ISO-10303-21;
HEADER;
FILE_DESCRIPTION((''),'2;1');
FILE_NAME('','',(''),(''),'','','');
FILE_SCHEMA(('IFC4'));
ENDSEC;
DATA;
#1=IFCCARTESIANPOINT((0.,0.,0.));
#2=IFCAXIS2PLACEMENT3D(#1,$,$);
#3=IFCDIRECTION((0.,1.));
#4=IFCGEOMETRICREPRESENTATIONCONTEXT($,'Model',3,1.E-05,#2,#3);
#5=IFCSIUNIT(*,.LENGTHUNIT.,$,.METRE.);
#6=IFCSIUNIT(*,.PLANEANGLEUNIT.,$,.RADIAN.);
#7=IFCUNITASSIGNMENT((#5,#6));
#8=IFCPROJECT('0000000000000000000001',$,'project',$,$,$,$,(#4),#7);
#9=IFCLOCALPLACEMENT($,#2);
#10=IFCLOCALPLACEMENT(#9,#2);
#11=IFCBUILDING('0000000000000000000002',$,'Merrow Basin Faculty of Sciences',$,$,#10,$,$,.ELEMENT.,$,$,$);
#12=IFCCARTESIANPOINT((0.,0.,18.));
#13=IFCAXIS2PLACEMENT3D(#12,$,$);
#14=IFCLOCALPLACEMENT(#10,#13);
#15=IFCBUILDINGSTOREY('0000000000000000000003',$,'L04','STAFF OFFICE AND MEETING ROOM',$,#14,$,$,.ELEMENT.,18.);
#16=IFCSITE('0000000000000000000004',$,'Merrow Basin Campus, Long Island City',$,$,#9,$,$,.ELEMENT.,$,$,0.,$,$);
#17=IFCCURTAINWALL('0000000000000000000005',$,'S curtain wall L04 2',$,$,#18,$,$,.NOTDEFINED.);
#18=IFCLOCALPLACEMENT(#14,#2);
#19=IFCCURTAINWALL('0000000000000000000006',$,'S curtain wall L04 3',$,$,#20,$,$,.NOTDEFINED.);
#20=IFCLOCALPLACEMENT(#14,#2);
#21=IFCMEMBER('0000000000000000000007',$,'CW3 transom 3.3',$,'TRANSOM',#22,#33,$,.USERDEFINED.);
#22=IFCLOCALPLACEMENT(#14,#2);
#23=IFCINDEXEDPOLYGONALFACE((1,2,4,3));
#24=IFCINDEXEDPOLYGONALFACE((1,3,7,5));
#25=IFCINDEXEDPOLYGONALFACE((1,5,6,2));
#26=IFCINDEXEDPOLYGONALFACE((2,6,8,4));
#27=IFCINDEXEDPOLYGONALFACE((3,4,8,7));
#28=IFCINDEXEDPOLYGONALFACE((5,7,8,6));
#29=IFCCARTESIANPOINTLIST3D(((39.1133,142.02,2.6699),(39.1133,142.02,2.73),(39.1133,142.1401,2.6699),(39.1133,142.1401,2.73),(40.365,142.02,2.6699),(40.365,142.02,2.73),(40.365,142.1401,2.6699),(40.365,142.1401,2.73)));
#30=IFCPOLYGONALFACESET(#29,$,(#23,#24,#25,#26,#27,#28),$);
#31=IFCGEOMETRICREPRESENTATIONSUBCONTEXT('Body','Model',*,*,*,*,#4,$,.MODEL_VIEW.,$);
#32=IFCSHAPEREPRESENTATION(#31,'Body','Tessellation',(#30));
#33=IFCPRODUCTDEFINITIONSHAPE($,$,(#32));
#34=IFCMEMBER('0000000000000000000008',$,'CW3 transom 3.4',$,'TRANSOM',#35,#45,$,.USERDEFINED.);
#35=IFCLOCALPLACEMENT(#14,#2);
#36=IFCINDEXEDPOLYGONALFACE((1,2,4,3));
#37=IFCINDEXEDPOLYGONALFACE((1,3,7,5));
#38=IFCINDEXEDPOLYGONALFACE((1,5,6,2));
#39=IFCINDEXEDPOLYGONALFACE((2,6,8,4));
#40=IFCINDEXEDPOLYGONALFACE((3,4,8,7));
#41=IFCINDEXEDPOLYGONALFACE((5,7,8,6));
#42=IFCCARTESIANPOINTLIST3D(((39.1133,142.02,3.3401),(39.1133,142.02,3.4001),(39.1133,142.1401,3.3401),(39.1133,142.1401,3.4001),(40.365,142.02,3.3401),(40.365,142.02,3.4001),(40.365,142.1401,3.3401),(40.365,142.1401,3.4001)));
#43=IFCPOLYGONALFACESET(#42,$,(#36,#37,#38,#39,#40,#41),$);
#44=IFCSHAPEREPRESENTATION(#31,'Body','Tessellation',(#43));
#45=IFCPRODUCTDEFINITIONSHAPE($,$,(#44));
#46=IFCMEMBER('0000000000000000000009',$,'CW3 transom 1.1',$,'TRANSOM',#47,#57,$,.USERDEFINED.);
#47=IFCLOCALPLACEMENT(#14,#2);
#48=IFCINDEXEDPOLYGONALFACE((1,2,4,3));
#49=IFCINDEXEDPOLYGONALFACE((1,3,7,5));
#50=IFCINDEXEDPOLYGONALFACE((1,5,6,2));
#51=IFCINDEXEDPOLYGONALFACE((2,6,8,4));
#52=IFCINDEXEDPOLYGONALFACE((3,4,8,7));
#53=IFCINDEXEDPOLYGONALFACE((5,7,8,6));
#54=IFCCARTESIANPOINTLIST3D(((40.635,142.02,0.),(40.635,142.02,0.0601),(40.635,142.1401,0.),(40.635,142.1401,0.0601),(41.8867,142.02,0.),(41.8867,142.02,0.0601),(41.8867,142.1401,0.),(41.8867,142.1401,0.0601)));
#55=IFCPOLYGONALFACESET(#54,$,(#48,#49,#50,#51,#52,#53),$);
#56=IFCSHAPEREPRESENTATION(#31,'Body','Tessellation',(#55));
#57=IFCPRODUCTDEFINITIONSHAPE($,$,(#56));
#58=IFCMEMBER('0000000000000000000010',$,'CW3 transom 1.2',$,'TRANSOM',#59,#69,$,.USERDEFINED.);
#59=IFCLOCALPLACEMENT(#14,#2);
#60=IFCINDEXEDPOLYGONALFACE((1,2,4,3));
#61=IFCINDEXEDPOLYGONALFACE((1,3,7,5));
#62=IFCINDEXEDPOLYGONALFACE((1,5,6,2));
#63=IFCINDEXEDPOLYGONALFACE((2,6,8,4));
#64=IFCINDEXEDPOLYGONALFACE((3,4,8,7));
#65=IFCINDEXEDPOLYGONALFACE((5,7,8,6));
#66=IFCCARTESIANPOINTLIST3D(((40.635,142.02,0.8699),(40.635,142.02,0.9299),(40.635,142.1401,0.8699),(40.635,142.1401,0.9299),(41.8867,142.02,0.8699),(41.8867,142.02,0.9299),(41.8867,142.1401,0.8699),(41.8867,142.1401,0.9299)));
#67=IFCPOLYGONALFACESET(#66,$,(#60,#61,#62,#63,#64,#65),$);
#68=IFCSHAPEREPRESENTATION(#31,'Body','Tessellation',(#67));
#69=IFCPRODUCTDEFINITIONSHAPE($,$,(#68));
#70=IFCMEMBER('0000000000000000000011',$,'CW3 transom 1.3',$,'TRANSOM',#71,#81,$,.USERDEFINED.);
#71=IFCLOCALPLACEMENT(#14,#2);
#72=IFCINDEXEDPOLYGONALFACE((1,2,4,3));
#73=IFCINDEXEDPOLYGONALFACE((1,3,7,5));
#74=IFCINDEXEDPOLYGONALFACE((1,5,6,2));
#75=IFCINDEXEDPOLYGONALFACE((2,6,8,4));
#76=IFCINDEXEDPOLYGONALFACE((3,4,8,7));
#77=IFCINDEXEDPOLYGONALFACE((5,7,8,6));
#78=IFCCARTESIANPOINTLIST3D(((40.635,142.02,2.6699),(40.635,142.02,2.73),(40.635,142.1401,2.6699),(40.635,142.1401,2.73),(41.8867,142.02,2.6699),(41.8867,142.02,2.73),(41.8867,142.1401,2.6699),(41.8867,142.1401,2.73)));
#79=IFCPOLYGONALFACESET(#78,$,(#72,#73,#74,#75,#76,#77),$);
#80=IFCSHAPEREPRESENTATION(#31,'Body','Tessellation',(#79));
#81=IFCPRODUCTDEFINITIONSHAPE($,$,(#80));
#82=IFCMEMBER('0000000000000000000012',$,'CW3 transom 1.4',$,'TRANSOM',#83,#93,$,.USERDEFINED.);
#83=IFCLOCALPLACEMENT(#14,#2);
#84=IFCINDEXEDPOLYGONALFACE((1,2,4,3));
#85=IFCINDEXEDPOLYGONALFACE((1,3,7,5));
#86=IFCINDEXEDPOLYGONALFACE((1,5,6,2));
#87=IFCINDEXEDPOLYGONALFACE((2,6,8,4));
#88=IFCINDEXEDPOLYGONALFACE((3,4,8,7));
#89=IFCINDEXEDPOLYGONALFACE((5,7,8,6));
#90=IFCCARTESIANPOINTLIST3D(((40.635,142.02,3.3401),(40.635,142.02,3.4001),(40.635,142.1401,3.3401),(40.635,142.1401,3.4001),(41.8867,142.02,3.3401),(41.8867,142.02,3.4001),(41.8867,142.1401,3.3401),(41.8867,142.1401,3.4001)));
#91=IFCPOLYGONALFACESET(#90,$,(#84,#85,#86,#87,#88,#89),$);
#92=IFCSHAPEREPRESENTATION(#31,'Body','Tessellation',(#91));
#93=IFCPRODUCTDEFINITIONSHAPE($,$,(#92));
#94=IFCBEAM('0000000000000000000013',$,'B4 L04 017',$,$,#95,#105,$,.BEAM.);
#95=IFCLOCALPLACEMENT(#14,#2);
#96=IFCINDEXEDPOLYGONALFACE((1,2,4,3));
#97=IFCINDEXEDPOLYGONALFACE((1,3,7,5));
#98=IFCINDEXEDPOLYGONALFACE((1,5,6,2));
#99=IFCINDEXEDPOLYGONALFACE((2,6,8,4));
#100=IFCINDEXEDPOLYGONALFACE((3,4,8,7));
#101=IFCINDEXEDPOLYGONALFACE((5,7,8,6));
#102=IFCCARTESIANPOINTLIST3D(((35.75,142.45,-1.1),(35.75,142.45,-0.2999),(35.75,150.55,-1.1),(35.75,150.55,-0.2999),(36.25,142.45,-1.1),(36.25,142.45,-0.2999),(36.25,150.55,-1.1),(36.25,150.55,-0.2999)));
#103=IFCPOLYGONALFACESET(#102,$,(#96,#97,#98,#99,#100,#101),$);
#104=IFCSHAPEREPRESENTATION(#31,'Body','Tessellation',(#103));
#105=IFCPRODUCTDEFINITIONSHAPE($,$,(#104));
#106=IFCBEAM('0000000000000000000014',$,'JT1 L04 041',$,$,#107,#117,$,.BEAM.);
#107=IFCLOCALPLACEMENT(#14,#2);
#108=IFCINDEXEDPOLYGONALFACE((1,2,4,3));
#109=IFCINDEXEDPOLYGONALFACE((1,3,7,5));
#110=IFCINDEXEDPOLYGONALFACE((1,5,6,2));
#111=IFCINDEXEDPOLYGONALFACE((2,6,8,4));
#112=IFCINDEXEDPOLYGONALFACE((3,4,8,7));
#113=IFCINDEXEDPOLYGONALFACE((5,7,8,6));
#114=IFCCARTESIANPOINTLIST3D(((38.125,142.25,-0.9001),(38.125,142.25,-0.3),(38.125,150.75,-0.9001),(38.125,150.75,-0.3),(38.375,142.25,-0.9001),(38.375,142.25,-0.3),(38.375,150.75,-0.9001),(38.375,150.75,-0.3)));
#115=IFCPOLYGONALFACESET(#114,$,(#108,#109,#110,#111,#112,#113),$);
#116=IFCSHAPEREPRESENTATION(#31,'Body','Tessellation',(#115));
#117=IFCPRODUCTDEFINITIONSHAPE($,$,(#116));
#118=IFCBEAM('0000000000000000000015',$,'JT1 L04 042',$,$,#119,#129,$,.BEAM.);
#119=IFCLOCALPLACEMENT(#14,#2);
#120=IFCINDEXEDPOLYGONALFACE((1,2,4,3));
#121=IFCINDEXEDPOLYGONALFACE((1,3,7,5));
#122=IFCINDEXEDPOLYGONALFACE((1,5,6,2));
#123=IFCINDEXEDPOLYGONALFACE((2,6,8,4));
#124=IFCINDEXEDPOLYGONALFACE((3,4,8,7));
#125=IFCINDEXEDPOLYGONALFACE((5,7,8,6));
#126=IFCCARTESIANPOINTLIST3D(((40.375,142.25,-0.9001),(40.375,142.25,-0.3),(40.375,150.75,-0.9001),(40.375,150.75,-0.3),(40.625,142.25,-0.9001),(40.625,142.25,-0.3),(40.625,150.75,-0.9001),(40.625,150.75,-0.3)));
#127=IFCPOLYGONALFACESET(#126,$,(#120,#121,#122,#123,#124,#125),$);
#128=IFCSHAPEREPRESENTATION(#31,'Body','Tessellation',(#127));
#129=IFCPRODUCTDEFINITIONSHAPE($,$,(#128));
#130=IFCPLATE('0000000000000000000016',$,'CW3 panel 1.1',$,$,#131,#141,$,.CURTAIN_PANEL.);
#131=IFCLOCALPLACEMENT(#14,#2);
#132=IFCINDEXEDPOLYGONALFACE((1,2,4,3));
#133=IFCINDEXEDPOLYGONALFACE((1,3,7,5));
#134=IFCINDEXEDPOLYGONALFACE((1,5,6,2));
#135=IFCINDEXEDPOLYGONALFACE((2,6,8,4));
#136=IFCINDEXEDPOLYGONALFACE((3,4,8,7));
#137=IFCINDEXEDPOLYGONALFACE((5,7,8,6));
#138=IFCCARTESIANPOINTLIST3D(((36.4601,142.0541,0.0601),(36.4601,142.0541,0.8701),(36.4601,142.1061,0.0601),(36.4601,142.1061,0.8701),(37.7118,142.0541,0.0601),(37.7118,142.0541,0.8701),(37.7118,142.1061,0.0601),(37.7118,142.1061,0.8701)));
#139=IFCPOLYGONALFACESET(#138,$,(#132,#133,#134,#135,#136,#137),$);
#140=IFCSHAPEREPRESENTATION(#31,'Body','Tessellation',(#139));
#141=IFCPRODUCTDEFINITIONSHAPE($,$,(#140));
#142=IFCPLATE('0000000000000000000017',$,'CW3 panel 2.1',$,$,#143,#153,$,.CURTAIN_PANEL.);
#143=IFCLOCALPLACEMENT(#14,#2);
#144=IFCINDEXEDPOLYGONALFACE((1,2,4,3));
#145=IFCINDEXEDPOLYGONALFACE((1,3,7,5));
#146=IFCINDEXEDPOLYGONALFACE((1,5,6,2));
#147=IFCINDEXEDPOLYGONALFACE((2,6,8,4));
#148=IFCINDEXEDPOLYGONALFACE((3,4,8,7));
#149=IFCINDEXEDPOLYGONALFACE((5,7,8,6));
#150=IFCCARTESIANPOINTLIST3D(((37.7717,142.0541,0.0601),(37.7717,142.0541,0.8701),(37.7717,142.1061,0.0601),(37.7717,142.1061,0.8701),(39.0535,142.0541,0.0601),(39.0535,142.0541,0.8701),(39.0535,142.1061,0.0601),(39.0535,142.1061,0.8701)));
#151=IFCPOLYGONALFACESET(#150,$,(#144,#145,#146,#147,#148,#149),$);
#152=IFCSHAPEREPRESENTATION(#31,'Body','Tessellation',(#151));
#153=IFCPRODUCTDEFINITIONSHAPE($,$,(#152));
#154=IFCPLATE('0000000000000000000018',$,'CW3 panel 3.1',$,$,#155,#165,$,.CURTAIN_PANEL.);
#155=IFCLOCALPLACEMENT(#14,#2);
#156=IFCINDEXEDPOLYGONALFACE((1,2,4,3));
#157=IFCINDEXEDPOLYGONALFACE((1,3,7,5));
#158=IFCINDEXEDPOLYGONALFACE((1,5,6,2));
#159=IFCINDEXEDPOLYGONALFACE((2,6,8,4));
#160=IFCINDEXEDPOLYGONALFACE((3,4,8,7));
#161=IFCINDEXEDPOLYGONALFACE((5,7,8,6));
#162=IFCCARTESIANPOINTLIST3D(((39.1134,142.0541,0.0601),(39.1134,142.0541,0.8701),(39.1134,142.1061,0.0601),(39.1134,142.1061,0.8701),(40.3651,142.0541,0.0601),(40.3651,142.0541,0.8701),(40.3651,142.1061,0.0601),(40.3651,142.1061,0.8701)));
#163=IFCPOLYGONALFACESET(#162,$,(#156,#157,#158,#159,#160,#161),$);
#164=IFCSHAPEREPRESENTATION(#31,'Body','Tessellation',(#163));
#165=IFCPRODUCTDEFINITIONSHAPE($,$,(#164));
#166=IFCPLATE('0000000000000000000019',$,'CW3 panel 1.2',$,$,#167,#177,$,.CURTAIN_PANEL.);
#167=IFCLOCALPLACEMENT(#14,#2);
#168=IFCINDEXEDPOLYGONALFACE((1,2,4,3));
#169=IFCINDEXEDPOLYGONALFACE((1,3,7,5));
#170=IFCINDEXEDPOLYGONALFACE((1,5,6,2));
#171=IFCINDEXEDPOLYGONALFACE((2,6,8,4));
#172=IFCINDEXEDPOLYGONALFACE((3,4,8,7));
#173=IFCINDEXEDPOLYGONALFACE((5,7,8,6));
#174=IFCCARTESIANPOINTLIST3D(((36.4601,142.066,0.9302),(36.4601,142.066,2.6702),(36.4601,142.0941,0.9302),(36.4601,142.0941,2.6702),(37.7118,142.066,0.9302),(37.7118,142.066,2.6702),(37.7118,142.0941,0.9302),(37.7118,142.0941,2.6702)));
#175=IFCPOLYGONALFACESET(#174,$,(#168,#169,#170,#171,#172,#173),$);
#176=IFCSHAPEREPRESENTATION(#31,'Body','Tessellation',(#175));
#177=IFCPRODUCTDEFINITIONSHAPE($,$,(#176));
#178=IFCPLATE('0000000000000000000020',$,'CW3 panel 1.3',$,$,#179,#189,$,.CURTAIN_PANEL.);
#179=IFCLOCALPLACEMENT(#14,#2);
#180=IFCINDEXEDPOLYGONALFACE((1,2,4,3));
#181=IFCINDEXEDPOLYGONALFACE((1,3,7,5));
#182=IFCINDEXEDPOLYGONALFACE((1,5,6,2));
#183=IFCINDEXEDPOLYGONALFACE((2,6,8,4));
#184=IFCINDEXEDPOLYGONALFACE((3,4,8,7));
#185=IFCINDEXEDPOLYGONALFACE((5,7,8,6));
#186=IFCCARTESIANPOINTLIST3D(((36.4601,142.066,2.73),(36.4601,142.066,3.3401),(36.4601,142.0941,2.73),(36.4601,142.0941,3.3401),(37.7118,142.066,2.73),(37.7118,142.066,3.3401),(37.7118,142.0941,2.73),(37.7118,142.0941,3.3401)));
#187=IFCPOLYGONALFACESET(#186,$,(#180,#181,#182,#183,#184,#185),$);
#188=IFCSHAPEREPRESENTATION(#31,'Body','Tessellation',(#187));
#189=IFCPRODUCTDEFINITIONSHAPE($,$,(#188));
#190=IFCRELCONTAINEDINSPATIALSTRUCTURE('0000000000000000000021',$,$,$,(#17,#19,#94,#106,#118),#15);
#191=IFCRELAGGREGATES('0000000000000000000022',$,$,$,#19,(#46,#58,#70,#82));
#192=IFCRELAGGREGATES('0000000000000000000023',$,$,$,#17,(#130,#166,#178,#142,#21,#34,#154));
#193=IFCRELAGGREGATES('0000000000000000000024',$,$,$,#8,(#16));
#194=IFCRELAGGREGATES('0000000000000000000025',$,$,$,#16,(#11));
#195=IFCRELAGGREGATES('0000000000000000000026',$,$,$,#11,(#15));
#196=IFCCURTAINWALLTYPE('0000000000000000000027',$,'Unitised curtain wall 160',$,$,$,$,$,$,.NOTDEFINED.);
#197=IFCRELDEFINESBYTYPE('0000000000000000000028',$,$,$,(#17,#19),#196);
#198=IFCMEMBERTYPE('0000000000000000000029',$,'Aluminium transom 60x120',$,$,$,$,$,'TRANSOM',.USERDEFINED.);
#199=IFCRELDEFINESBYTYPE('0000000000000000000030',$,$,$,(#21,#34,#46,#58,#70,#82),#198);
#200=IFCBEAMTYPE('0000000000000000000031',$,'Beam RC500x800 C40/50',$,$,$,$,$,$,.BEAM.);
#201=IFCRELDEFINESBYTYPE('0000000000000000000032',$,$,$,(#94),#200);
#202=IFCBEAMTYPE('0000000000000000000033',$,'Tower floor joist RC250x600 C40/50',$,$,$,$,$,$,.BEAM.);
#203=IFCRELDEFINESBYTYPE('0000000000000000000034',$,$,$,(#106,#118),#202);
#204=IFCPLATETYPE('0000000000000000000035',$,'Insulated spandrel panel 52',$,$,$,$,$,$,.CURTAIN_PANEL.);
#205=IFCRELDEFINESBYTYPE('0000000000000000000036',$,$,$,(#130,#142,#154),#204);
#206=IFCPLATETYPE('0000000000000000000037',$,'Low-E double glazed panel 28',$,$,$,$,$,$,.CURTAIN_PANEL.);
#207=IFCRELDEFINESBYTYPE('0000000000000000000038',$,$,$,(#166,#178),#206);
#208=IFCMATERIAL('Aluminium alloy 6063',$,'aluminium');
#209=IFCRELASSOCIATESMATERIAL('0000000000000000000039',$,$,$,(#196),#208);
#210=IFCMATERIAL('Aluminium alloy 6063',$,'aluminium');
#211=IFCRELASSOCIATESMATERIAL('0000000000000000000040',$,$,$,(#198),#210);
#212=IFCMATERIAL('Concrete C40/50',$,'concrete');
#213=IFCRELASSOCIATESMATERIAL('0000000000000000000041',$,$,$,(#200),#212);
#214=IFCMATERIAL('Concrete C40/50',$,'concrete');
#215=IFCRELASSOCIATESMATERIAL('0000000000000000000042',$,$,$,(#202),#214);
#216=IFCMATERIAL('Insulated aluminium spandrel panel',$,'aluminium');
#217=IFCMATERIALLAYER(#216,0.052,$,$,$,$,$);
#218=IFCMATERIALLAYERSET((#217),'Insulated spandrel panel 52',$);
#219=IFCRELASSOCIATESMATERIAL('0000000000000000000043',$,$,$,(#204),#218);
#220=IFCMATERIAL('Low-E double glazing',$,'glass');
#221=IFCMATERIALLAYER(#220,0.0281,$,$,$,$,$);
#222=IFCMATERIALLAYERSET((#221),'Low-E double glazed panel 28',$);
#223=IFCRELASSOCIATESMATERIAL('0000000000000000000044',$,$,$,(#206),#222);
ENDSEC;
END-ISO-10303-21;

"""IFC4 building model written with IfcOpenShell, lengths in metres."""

from ifc_helpers import new_model, si_unit, direction, frame, origin, origin_2d, place, context, subcontext, project, spatial, rectangle, extrude, material, layer, layer_set, material_profile, profile_set, type_object, element, aggregate, save


model = new_model("IFC4")

# Units and contexts
model_context = context("Model", 3, precision=1e-05, world=origin(), true_north=direction((0.0, 1.0)))
body_context = subcontext(model_context, "Body", "Model", "MODEL_VIEW")
ifc_project = project(units=[si_unit("LENGTHUNIT", "METRE"), si_unit("PLANEANGLEUNIT", "RADIAN")], contexts=[model_context])

# Site, building, storey
site_placement = place(None, origin())
site = spatial("IfcSite", under=ifc_project, at=site_placement, Name="Merrow Basin Campus, Long Island City", CompositionType="ELEMENT", RefElevation=0.0)
building_placement = place(site_placement, origin())
building = spatial("IfcBuilding", under=site, at=building_placement, Name="Merrow Basin Faculty of Sciences", CompositionType="ELEMENT")
storey_placement = place(building_placement, frame((0.0, 0.0, 18.0)))
storey = spatial("IfcBuildingStorey", under=building, at=storey_placement, Name="L04", Description="STAFF OFFICE AND MEETING ROOM", CompositionType="ELEMENT", Elevation=18.0)

# Curtain wall
ifc_material_1 = material(Name="Aluminium alloy 6063", Category="aluminium")
curtain_wall_type = type_object("IfcCurtainWallType", Name="Unitised curtain wall 160", PredefinedType="NOTDEFINED", material=ifc_material_1)
curtain_wall_1_placement = place(storey_placement, origin())
curtain_wall_1 = element("IfcCurtainWall", 1, at=curtain_wall_1_placement, inside=storey, type_object=curtain_wall_type, Name="S curtain wall L04 2", PredefinedType="NOTDEFINED")

# Curtain wall
curtain_wall_2_placement = place(storey_placement, origin())
curtain_wall_2 = element("IfcCurtainWall", 2, at=curtain_wall_2_placement, inside=storey, type_object=curtain_wall_type, Name="S curtain wall L04 3", PredefinedType="NOTDEFINED")

# Members
ifc_material_2 = material(Name="Aluminium alloy 6063", Category="aluminium")
ifc_material_profile_1 = material_profile(ifc_material_2, rectangle(XDim=0.1201, YDim=0.0601, at=origin_2d()))
ifc_profile_set_1 = profile_set([ifc_material_profile_1], Name="Aluminium alloy 6063")
member_type_1 = type_object("IfcMemberType", Name="Aluminium transom 60x120", ElementType="TRANSOM", PredefinedType="USERDEFINED", material=ifc_profile_set_1)
member_1_placement = place(storey_placement, frame((39.1133, 142.0801, 2.7), z_axis=(1.0, 0.0, 0.0), x_axis=(0.0, 1.0, 0.0)))
member_1 = element("IfcMember", 3, at=member_1_placement, type_object=member_type_1, Name="CW3 transom 3.3", ObjectType="TRANSOM", PredefinedType="USERDEFINED", context=body_context, shape_type="SweptSolid", body=[
    extrude(rectangle(XDim=0.1201, YDim=0.0601, at=origin_2d()), origin(), (0.0, 0.0, 1.0), 1.2517),
])
member_2_placement = place(storey_placement, frame((39.1133, 142.0801, 3.3701), z_axis=(1.0, 0.0, 0.0), x_axis=(0.0, 1.0, 0.0)))
member_2 = element("IfcMember", 4, at=member_2_placement, type_object=member_type_1, Name="CW3 transom 3.4", ObjectType="TRANSOM", PredefinedType="USERDEFINED", context=body_context, shape_type="SweptSolid", body=[
    extrude(rectangle(XDim=0.1201, YDim=0.0601, at=origin_2d()), origin(), (0.0, 0.0, 1.0), 1.2517),
])
member_3_placement = place(storey_placement, frame((40.635, 142.0801, 0.03), z_axis=(1.0, 0.0, 0.0), x_axis=(0.0, 1.0, 0.0)))
member_3 = element("IfcMember", 5, at=member_3_placement, type_object=member_type_1, Name="CW3 transom 1.1", ObjectType="TRANSOM", PredefinedType="USERDEFINED", context=body_context, shape_type="SweptSolid", body=[
    extrude(rectangle(XDim=0.1201, YDim=0.0601, at=origin_2d()), origin(), (0.0, 0.0, 1.0), 1.2517),
])
member_4_placement = place(storey_placement, frame((40.635, 142.0801, 0.8999), z_axis=(1.0, 0.0, 0.0), x_axis=(0.0, 1.0, 0.0)))
member_4 = element("IfcMember", 6, at=member_4_placement, type_object=member_type_1, Name="CW3 transom 1.2", ObjectType="TRANSOM", PredefinedType="USERDEFINED", context=body_context, shape_type="SweptSolid", body=[
    extrude(rectangle(XDim=0.1201, YDim=0.0601, at=origin_2d()), origin(), (0.0, 0.0, 1.0), 1.2517),
])
member_5_placement = place(storey_placement, frame((40.635, 142.0801, 2.7), z_axis=(1.0, 0.0, 0.0), x_axis=(0.0, 1.0, 0.0)))
member_5 = element("IfcMember", 7, at=member_5_placement, type_object=member_type_1, Name="CW3 transom 1.3", ObjectType="TRANSOM", PredefinedType="USERDEFINED", context=body_context, shape_type="SweptSolid", body=[
    extrude(rectangle(XDim=0.1201, YDim=0.0601, at=origin_2d()), origin(), (0.0, 0.0, 1.0), 1.2517),
])
member_6_placement = place(storey_placement, frame((40.635, 142.0801, 3.3701), z_axis=(1.0, 0.0, 0.0), x_axis=(0.0, 1.0, 0.0)))
member_6 = element("IfcMember", 8, at=member_6_placement, type_object=member_type_1, Name="CW3 transom 1.4", ObjectType="TRANSOM", PredefinedType="USERDEFINED", context=body_context, shape_type="SweptSolid", body=[
    extrude(rectangle(XDim=0.1201, YDim=0.0601, at=origin_2d()), origin(), (0.0, 0.0, 1.0), 1.2517),
])
aggregate(curtain_wall_2, [member_3, member_4, member_5, member_6])

# Beams
ifc_material_3 = material(Name="Concrete C40/50", Category="concrete")
ifc_material_profile_2 = material_profile(ifc_material_3, rectangle(XDim=0.5, YDim=0.8, at=origin_2d()))
ifc_profile_set_2 = profile_set([ifc_material_profile_2], Name="Concrete C40/50")
beam_type_1 = type_object("IfcBeamType", Name="Beam RC500x800 C40/50", PredefinedType="BEAM", material=ifc_profile_set_2)
beam_placement = place(storey_placement, frame((36.0, 142.45, -0.7), z_axis=(0.0, 1.0, 0.0), x_axis=(-1.0, 0.0, 0.0)))
element("IfcBeam", 9, at=beam_placement, inside=storey, type_object=beam_type_1, Name="B4 L04 017", PredefinedType="BEAM", context=body_context, shape_type="SweptSolid", body=[
    extrude(rectangle(XDim=0.5, YDim=0.8, at=origin_2d()), origin(), (0.0, 0.0, 1.0), 8.1001),
])
ifc_material_4 = material(Name="Concrete C40/50", Category="concrete")
ifc_material_profile_3 = material_profile(ifc_material_4, rectangle(XDim=0.25, YDim=0.6001, at=origin_2d()))
ifc_profile_set_3 = profile_set([ifc_material_profile_3], Name="Concrete C40/50")
beam_type_2 = type_object("IfcBeamType", Name="Tower floor joist RC250x600 C40/50", PredefinedType="BEAM", material=ifc_profile_set_3)
for number, where, z_axis, x_axis, name in (
    (10, (38.25, 142.25, -0.6001), (0.0, 1.0, 0.0), (-1.0, 0.0, 0.0), "JT1 L04 041"),
    (11, (40.5, 142.25, -0.6001), (0.0, 1.0, 0.0), (-1.0, 0.0, 0.0), "JT1 L04 042"),
):
    element("IfcBeam", number, at=place(storey_placement, frame(where, z_axis=z_axis, x_axis=x_axis)), inside=storey, type_object=beam_type_2, Name=name, PredefinedType="BEAM", context=body_context, shape_type="SweptSolid", body=[
        extrude(rectangle(XDim=0.25, YDim=0.6001, at=origin_2d()), origin(), (0.0, 0.0, 1.0), 8.5),
    ])

# Plates
ifc_material_5 = material(Name="Insulated aluminium spandrel panel", Category="aluminium")
ifc_layer_1 = layer(ifc_material_5, 0.052)
ifc_layer_set_1 = layer_set([ifc_layer_1], Name="Insulated spandrel panel 52")
plate_type_1 = type_object("IfcPlateType", Name="Insulated spandrel panel 52", PredefinedType="CURTAIN_PANEL", material=ifc_layer_set_1)
plate_1_placement = place(storey_placement, frame((37.0859, 142.0801, 0.0601), z_axis=(0.0, 0.0, 1.0), x_axis=(1.0, 0.0, 0.0)))
plate_1 = element("IfcPlate", 12, at=plate_1_placement, type_object=plate_type_1, Name="CW3 panel 1.1", PredefinedType="CURTAIN_PANEL", context=body_context, shape_type="SweptSolid", body=[
    extrude(rectangle(XDim=1.2517, YDim=0.052, at=origin_2d()), origin(), (0.0, 0.0, 1.0), 0.8101),
])
plate_2_placement = place(storey_placement, frame((38.4126, 142.0801, 0.0601), z_axis=(0.0, 0.0, 1.0), x_axis=(1.0, 0.0, 0.0)))
plate_2 = element("IfcPlate", 13, at=plate_2_placement, type_object=plate_type_1, Name="CW3 panel 2.1", PredefinedType="CURTAIN_PANEL", context=body_context, shape_type="SweptSolid", body=[
    extrude(rectangle(XDim=1.2817, YDim=0.052, at=origin_2d()), origin(), (0.0, 0.0, 1.0), 0.8101),
])
plate_3_placement = place(storey_placement, frame((39.7393, 142.0801, 0.0601), z_axis=(0.0, 0.0, 1.0), x_axis=(1.0, 0.0, 0.0)))
plate_3 = element("IfcPlate", 14, at=plate_3_placement, type_object=plate_type_1, Name="CW3 panel 3.1", PredefinedType="CURTAIN_PANEL", context=body_context, shape_type="SweptSolid", body=[
    extrude(rectangle(XDim=1.2517, YDim=0.052, at=origin_2d()), origin(), (0.0, 0.0, 1.0), 0.8101),
])
ifc_material_6 = material(Name="Low-E double glazing", Category="glass")
ifc_layer_2 = layer(ifc_material_6, 0.0281)
ifc_layer_set_2 = layer_set([ifc_layer_2], Name="Low-E double glazed panel 28")
plate_type_2 = type_object("IfcPlateType", Name="Low-E double glazed panel 28", PredefinedType="CURTAIN_PANEL", material=ifc_layer_set_2)
plate_4_placement = place(storey_placement, frame((37.0859, 142.0801, 0.9302), z_axis=(0.0, 0.0, 1.0), x_axis=(1.0, 0.0, 0.0)))
plate_4 = element("IfcPlate", 15, at=plate_4_placement, type_object=plate_type_2, Name="CW3 panel 1.2", PredefinedType="CURTAIN_PANEL", context=body_context, shape_type="SweptSolid", body=[
    extrude(rectangle(XDim=1.2517, YDim=0.0281, at=origin_2d()), origin(), (0.0, 0.0, 1.0), 1.74),
])
plate_5_placement = place(storey_placement, frame((37.0859, 142.0801, 2.73), z_axis=(0.0, 0.0, 1.0), x_axis=(1.0, 0.0, 0.0)))
plate_5 = element("IfcPlate", 16, at=plate_5_placement, type_object=plate_type_2, Name="CW3 panel 1.3", PredefinedType="CURTAIN_PANEL", context=body_context, shape_type="SweptSolid", body=[
    extrude(rectangle(XDim=1.2517, YDim=0.0281, at=origin_2d()), origin(), (0.0, 0.0, 1.0), 0.6101),
])
aggregate(curtain_wall_1, [plate_1, plate_4, plate_5, plate_2, member_1, member_2, plate_3])

save(model, "model.ifc")
